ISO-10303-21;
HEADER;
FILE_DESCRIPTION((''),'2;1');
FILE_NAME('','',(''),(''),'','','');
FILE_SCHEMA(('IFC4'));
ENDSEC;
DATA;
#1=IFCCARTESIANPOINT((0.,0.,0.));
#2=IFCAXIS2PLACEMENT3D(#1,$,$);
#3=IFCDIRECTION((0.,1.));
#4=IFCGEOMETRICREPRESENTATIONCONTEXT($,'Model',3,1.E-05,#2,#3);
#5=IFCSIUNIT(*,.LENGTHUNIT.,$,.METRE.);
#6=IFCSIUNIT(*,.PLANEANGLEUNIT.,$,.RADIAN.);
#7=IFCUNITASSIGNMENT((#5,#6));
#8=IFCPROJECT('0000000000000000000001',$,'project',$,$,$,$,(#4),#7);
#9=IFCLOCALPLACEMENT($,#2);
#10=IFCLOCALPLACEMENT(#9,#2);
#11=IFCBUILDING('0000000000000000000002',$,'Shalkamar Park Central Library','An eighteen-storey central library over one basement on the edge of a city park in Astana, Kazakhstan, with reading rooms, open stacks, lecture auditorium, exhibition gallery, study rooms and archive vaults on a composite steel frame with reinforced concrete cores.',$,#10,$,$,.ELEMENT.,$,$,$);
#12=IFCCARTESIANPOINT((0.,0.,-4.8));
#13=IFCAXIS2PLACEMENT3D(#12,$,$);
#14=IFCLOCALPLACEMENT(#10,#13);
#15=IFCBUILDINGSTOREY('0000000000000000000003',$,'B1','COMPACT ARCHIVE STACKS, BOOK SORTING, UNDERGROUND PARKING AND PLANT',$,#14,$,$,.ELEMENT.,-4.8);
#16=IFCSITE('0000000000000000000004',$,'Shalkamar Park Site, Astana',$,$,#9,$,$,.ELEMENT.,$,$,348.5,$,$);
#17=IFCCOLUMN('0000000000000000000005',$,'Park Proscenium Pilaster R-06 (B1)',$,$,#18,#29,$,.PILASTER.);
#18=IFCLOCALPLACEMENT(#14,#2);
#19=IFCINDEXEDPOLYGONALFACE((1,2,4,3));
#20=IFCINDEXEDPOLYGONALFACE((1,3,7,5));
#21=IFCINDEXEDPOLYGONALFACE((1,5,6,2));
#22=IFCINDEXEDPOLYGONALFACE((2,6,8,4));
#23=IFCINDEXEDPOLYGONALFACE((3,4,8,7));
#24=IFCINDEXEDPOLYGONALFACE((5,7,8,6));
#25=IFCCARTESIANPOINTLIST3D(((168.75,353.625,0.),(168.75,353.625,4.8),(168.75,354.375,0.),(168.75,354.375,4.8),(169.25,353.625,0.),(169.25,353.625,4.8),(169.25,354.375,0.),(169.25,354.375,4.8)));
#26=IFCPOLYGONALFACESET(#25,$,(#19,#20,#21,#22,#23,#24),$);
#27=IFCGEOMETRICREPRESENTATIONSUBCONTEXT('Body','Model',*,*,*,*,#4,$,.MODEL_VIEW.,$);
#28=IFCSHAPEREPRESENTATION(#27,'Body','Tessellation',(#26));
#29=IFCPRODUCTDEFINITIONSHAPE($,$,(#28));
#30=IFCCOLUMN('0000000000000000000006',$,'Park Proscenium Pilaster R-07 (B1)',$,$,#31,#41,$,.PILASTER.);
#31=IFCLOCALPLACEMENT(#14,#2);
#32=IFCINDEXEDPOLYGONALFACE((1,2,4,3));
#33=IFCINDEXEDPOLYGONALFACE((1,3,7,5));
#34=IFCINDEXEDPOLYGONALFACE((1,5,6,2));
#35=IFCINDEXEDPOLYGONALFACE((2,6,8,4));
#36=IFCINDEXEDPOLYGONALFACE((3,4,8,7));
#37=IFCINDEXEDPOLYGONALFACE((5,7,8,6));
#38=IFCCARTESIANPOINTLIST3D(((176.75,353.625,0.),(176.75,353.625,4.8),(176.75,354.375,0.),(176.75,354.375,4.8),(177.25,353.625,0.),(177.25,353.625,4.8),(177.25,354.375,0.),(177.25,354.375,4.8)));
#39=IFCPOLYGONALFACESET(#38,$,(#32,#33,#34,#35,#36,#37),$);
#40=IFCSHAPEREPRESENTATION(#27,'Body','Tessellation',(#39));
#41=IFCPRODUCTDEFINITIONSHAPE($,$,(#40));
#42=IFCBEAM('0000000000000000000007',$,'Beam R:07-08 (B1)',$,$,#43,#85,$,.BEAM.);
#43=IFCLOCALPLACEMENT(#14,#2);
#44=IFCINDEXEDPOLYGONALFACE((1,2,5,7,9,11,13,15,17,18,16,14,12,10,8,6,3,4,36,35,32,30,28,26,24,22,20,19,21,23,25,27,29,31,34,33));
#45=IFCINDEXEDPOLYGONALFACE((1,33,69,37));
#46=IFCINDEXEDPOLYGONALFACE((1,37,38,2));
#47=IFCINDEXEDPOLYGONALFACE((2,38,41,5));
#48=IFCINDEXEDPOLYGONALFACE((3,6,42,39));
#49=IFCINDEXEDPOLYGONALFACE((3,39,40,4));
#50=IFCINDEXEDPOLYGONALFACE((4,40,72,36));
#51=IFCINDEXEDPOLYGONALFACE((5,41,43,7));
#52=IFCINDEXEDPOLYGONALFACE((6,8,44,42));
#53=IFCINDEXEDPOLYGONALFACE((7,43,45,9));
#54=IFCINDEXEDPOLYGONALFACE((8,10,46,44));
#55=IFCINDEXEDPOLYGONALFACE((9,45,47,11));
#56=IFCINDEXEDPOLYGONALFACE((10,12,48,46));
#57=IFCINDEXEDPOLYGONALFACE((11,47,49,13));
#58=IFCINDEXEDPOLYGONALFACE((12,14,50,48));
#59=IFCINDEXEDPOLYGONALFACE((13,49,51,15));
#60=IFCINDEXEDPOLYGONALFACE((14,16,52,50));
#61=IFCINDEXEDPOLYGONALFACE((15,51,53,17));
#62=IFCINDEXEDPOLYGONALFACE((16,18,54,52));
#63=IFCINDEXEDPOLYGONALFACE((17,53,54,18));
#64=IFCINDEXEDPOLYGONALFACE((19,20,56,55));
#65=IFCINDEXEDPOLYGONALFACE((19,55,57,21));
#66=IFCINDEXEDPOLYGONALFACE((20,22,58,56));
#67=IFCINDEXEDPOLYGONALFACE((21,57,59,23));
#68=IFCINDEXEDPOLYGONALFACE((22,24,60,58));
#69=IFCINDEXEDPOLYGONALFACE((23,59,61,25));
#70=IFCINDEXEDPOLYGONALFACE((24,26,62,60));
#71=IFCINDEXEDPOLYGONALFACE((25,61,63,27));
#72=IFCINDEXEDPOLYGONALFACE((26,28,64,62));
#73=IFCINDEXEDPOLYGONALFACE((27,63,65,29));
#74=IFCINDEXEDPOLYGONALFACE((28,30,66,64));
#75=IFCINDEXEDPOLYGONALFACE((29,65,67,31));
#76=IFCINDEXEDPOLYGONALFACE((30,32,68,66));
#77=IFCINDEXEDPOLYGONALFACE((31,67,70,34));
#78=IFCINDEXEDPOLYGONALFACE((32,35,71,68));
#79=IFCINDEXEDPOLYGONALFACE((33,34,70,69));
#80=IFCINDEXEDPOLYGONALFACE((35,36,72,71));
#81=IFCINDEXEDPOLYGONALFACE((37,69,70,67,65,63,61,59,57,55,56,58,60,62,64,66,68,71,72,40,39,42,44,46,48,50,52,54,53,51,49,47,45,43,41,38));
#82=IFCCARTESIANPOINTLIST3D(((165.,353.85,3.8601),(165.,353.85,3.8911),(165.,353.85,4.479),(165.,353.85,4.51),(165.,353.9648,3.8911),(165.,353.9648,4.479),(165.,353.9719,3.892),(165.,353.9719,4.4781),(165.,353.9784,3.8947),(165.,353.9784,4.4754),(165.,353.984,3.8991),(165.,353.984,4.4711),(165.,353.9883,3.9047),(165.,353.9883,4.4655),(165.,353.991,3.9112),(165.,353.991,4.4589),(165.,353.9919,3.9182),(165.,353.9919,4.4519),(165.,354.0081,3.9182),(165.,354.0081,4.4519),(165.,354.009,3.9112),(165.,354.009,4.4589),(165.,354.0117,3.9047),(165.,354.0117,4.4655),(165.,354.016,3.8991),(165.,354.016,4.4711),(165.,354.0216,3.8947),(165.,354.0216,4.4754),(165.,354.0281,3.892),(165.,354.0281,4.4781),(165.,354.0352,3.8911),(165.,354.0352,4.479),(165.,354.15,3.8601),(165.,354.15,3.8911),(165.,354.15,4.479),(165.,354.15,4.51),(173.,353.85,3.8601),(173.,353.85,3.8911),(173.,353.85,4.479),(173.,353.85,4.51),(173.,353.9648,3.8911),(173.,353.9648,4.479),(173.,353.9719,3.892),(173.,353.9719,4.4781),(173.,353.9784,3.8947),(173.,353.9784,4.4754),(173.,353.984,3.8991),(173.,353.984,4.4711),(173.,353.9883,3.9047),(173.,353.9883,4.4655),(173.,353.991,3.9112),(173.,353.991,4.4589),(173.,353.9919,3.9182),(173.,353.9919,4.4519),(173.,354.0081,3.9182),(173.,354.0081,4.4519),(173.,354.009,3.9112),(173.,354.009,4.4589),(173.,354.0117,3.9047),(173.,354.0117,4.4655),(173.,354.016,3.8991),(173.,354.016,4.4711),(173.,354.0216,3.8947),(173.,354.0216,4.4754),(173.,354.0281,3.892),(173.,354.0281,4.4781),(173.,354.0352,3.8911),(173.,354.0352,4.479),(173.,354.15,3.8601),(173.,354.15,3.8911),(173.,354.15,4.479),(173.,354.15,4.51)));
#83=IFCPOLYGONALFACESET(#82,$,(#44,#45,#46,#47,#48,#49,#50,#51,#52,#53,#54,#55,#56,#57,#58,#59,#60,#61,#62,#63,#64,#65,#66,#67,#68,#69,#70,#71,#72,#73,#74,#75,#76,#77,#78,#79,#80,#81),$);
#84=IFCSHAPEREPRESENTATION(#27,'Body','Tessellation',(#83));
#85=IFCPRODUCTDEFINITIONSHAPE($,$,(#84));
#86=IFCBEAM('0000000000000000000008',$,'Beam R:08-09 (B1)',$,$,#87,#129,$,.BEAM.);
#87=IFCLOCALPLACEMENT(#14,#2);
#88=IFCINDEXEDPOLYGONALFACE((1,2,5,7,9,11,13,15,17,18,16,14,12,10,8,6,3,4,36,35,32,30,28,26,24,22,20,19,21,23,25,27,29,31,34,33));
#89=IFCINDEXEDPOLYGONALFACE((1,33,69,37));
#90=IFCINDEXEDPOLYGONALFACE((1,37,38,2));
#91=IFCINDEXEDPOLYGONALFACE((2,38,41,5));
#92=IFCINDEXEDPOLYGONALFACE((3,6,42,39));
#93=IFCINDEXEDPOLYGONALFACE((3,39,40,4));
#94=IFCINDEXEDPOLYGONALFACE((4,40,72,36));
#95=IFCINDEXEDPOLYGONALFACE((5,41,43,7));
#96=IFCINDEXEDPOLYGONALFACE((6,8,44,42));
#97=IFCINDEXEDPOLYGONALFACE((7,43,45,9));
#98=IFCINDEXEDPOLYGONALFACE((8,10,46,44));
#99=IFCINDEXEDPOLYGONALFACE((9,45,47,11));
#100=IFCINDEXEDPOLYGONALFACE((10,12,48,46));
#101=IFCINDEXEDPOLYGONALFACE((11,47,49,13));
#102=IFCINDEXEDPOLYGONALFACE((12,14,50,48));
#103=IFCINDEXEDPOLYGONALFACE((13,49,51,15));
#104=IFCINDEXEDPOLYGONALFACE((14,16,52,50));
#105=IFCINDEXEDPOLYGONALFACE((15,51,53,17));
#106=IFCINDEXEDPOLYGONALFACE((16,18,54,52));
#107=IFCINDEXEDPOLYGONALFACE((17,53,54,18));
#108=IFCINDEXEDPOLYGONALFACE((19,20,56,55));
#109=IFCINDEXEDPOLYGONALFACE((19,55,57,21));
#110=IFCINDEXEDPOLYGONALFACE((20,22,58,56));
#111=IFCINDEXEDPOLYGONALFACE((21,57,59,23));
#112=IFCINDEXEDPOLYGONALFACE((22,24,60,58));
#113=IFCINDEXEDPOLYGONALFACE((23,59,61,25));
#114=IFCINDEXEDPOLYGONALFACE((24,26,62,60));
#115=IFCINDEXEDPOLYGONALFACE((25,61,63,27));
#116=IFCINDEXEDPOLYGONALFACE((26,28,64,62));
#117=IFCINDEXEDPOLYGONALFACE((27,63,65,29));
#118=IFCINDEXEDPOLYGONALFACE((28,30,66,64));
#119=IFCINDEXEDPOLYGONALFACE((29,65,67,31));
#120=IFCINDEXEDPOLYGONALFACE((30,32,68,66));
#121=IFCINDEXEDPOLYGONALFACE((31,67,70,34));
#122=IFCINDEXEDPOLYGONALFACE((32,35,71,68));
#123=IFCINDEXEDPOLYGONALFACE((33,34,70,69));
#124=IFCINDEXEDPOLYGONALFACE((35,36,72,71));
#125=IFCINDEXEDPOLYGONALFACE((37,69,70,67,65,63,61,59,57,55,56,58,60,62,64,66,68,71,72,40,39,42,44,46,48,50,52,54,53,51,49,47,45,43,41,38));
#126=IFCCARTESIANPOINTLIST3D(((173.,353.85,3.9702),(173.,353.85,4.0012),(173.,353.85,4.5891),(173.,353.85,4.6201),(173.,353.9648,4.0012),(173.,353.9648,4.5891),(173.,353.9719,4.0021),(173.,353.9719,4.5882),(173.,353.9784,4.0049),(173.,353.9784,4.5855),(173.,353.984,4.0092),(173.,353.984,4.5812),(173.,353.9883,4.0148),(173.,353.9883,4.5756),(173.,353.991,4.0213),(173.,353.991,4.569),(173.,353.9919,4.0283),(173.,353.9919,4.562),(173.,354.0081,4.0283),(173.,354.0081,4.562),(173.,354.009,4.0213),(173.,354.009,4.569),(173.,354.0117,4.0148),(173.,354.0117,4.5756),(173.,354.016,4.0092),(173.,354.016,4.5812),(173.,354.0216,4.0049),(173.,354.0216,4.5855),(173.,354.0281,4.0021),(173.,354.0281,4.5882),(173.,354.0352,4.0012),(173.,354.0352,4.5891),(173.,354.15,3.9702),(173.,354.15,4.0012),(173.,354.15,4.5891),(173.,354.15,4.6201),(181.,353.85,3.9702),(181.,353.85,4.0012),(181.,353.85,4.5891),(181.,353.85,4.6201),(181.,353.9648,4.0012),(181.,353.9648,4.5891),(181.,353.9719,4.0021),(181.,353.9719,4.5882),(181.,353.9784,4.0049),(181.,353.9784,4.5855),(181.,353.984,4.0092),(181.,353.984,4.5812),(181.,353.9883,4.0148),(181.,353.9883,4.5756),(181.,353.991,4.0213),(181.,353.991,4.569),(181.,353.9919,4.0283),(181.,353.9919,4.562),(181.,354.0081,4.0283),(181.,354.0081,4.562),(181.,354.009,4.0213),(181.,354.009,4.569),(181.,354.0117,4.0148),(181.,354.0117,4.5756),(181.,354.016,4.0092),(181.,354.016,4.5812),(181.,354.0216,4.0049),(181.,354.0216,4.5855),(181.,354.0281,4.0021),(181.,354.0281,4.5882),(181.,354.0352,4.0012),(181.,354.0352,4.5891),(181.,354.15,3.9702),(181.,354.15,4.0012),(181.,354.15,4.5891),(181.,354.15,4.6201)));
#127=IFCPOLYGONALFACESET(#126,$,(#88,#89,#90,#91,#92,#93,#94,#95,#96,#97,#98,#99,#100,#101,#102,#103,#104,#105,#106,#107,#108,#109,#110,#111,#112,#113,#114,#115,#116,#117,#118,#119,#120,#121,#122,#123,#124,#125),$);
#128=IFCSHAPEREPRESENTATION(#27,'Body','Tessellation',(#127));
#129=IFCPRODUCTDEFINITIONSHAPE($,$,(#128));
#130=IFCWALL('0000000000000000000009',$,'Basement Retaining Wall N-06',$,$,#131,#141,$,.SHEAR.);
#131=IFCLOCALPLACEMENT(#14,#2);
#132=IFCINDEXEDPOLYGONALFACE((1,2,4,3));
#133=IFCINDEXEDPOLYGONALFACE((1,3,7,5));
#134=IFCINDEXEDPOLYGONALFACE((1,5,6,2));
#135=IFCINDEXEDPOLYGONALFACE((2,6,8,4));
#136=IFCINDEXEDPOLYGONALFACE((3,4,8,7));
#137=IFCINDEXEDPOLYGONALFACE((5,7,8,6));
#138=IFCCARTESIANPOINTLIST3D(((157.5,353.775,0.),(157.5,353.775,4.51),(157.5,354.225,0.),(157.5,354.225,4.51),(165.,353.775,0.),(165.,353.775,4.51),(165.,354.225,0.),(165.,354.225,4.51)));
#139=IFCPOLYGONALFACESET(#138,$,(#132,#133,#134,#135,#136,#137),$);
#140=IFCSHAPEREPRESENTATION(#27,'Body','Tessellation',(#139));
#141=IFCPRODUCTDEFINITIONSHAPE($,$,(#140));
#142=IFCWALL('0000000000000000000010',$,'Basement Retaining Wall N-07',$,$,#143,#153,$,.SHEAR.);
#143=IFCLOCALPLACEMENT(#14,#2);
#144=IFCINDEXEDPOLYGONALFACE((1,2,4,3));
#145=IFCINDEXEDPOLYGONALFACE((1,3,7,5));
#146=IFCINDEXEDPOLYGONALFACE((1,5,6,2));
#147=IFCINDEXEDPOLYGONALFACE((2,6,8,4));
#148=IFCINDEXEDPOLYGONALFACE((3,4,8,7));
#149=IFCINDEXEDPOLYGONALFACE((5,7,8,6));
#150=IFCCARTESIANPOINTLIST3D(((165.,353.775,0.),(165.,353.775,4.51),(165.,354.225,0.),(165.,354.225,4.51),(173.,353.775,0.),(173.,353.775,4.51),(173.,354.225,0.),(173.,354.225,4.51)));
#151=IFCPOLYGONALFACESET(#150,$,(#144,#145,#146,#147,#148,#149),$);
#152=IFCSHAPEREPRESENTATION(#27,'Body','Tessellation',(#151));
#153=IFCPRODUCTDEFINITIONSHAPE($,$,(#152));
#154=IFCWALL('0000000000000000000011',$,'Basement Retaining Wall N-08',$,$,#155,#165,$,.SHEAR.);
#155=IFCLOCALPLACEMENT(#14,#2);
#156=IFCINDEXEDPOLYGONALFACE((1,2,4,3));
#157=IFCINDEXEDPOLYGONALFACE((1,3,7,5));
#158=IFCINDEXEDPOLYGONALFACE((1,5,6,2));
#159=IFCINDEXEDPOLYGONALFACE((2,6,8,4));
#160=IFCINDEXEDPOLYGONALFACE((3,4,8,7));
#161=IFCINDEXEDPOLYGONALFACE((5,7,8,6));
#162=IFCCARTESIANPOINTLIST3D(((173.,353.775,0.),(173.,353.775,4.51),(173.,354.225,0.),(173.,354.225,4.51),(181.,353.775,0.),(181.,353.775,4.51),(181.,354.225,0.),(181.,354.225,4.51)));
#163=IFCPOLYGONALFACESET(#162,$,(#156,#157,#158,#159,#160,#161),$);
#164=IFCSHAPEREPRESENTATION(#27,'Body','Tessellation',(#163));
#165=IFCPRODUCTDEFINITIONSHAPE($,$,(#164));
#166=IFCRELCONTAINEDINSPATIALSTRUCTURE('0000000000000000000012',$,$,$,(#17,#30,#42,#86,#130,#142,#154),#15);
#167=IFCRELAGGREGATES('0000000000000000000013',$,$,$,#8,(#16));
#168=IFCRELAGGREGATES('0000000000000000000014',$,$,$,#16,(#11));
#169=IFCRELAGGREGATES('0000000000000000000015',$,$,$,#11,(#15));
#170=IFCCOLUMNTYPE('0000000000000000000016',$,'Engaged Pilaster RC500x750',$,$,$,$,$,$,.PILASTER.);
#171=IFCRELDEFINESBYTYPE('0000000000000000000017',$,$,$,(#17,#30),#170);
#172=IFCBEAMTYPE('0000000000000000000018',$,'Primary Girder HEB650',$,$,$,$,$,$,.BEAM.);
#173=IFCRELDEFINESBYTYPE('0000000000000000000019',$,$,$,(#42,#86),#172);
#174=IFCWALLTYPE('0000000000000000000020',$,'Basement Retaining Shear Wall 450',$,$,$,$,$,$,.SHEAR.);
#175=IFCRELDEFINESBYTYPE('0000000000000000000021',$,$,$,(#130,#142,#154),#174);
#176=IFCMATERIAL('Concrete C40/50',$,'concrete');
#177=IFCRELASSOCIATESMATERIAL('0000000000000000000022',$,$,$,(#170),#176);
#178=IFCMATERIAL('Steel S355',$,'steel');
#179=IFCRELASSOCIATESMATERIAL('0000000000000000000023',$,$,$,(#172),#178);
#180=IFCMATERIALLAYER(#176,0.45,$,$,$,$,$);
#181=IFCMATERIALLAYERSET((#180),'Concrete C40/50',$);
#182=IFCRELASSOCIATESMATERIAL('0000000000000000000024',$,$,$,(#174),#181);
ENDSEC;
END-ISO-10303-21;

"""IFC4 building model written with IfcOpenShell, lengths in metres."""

from ifc_helpers import new_model, si_unit, direction, frame, frame_2d, origin, origin_2d, place, context, subcontext, project, spatial, rectangle, i_section, extrude, material, layer, layer_set, material_profile, profile_set, type_object, element, save


model = new_model("IFC4")

# Units and contexts
model_context = context("Model", 3, precision=1e-05, world=origin(), true_north=direction((0.0, 1.0)))
body_context = subcontext(model_context, "Body", "Model", "MODEL_VIEW")
ifc_project = project(units=[si_unit("LENGTHUNIT", "METRE"), si_unit("PLANEANGLEUNIT", "RADIAN")], contexts=[model_context])

# Site, building, storey
site_placement = place(None, origin())
site = spatial("IfcSite", under=ifc_project, at=site_placement, Name="Shalkamar Park Site, Astana", CompositionType="ELEMENT", RefElevation=348.5)
building_placement = place(site_placement, origin())
building = spatial("IfcBuilding", under=site, at=building_placement, Name="Shalkamar Park Central Library", Description="An eighteen-storey central library over one basement on the edge of a city park in Astana, Kazakhstan, with reading rooms, open stacks, lecture auditorium, exhibition gallery, study rooms and archive vaults on a composite steel frame with reinforced concrete cores.", CompositionType="ELEMENT")
storey_placement = place(building_placement, frame((0.0, 0.0, -4.8)))
storey = spatial("IfcBuildingStorey", under=building, at=storey_placement, Name="B1", Description="COMPACT ARCHIVE STACKS, BOOK SORTING, UNDERGROUND PARKING AND PLANT", CompositionType="ELEMENT", Elevation=-4.8)

# Columns
ifc_material_1 = material(Name="Concrete C40/50", Category="concrete")
ifc_material_profile_1 = material_profile(ifc_material_1, rectangle(XDim=0.5, YDim=0.75, at=origin_2d()), Name="RC 500x750")
ifc_profile_set_1 = profile_set([ifc_material_profile_1], Name="Concrete C40/50")
column_type_1 = type_object("IfcColumnType", Name="Engaged Pilaster RC500x750", PredefinedType="PILASTER", material=ifc_profile_set_1)
for number, where, z_axis, x_axis, name in (
    (1, (169.0, 354.0, 0.0), (0.0, 0.0, 1.0), (1.0, 0.0, 0.0), "Park Proscenium Pilaster R-06 (B1)"),
    (2, (177.0, 354.0, 0.0), (0.0, 0.0, 1.0), (1.0, 0.0, 0.0), "Park Proscenium Pilaster R-07 (B1)"),
):
    element("IfcColumn", number, at=place(storey_placement, frame(where, z_axis=z_axis, x_axis=x_axis)), inside=storey, type_object=column_type_1, Name=name, PredefinedType="PILASTER", context=body_context, shape_type="SweptSolid", body=[
        extrude(rectangle(XDim=0.5, YDim=0.75, at=origin_2d()), origin(), (0.0, 0.0, 1.0), 4.8),
    ])

# Beams
ifc_material_2 = material(Name="Steel S355", Category="steel")
ifc_material_profile_2 = material_profile(ifc_material_2, i_section(OverallWidth=0.3, OverallDepth=0.6499, WebThickness=0.0161, FlangeThickness=0.031, FilletRadius=0.0271, at=origin_2d()), Name="HEB 650")
ifc_profile_set_2 = profile_set([ifc_material_profile_2], Name="Steel S355")
beam_type = type_object("IfcBeamType", Name="Primary Girder HEB650", PredefinedType="BEAM", material=ifc_profile_set_2)
for number, where, z_axis, x_axis, name in (
    (3, (165.0, 354.0, 4.1851), (1.0, 0.0, 0.0), (0.0, 1.0, 0.0), "Beam R:07-08 (B1)"),
    (4, (173.0, 354.0, 4.2952), (1.0, 0.0, 0.0), (0.0, 1.0, 0.0), "Beam R:08-09 (B1)"),
):
    element("IfcBeam", number, at=place(storey_placement, frame(where, z_axis=z_axis, x_axis=x_axis)), inside=storey, type_object=beam_type, Name=name, PredefinedType="BEAM", context=body_context, shape_type="SweptSolid", body=[
        extrude(i_section(OverallWidth=0.3, OverallDepth=0.6499, WebThickness=0.0161, FlangeThickness=0.031, FilletRadius=0.0271, at=origin_2d()), origin(), (0.0, 0.0, 1.0), 8.0),
    ])

# Walls
ifc_layer = layer(ifc_material_1, 0.45)
ifc_layer_set = layer_set([ifc_layer], Name="Concrete C40/50")
wall_type = type_object("IfcWallType", Name="Basement Retaining Shear Wall 450", PredefinedType="SHEAR", material=ifc_layer_set)
wall_placement = place(storey_placement, frame((157.5, 354.0, 0.0), z_axis=(0.0, 0.0, 1.0), x_axis=(1.0, 0.0, 0.0)))
element("IfcWall", 5, at=wall_placement, inside=storey, type_object=wall_type, Name="Basement Retaining Wall N-06", PredefinedType="SHEAR", context=body_context, shape_type="SweptSolid", body=[
    extrude(rectangle(XDim=7.5, YDim=0.45, at=frame_2d((3.75, 0.0))), origin(), (0.0, 0.0, 1.0), 4.51),
])
for number, where, z_axis, x_axis, name in (
    (6, (165.0, 354.0, 0.0), (0.0, 0.0, 1.0), (1.0, 0.0, 0.0), "Basement Retaining Wall N-07"),
    (7, (173.0, 354.0, 0.0), (0.0, 0.0, 1.0), (1.0, 0.0, 0.0), "Basement Retaining Wall N-08"),
):
    element("IfcWall", number, at=place(storey_placement, frame(where, z_axis=z_axis, x_axis=x_axis)), inside=storey, type_object=wall_type, Name=name, PredefinedType="SHEAR", context=body_context, shape_type="SweptSolid", body=[
        extrude(rectangle(XDim=8.0, YDim=0.45, at=frame_2d((4.0, 0.0))), origin(), (0.0, 0.0, 1.0), 4.51),
    ])

save(model, "model.ifc")
